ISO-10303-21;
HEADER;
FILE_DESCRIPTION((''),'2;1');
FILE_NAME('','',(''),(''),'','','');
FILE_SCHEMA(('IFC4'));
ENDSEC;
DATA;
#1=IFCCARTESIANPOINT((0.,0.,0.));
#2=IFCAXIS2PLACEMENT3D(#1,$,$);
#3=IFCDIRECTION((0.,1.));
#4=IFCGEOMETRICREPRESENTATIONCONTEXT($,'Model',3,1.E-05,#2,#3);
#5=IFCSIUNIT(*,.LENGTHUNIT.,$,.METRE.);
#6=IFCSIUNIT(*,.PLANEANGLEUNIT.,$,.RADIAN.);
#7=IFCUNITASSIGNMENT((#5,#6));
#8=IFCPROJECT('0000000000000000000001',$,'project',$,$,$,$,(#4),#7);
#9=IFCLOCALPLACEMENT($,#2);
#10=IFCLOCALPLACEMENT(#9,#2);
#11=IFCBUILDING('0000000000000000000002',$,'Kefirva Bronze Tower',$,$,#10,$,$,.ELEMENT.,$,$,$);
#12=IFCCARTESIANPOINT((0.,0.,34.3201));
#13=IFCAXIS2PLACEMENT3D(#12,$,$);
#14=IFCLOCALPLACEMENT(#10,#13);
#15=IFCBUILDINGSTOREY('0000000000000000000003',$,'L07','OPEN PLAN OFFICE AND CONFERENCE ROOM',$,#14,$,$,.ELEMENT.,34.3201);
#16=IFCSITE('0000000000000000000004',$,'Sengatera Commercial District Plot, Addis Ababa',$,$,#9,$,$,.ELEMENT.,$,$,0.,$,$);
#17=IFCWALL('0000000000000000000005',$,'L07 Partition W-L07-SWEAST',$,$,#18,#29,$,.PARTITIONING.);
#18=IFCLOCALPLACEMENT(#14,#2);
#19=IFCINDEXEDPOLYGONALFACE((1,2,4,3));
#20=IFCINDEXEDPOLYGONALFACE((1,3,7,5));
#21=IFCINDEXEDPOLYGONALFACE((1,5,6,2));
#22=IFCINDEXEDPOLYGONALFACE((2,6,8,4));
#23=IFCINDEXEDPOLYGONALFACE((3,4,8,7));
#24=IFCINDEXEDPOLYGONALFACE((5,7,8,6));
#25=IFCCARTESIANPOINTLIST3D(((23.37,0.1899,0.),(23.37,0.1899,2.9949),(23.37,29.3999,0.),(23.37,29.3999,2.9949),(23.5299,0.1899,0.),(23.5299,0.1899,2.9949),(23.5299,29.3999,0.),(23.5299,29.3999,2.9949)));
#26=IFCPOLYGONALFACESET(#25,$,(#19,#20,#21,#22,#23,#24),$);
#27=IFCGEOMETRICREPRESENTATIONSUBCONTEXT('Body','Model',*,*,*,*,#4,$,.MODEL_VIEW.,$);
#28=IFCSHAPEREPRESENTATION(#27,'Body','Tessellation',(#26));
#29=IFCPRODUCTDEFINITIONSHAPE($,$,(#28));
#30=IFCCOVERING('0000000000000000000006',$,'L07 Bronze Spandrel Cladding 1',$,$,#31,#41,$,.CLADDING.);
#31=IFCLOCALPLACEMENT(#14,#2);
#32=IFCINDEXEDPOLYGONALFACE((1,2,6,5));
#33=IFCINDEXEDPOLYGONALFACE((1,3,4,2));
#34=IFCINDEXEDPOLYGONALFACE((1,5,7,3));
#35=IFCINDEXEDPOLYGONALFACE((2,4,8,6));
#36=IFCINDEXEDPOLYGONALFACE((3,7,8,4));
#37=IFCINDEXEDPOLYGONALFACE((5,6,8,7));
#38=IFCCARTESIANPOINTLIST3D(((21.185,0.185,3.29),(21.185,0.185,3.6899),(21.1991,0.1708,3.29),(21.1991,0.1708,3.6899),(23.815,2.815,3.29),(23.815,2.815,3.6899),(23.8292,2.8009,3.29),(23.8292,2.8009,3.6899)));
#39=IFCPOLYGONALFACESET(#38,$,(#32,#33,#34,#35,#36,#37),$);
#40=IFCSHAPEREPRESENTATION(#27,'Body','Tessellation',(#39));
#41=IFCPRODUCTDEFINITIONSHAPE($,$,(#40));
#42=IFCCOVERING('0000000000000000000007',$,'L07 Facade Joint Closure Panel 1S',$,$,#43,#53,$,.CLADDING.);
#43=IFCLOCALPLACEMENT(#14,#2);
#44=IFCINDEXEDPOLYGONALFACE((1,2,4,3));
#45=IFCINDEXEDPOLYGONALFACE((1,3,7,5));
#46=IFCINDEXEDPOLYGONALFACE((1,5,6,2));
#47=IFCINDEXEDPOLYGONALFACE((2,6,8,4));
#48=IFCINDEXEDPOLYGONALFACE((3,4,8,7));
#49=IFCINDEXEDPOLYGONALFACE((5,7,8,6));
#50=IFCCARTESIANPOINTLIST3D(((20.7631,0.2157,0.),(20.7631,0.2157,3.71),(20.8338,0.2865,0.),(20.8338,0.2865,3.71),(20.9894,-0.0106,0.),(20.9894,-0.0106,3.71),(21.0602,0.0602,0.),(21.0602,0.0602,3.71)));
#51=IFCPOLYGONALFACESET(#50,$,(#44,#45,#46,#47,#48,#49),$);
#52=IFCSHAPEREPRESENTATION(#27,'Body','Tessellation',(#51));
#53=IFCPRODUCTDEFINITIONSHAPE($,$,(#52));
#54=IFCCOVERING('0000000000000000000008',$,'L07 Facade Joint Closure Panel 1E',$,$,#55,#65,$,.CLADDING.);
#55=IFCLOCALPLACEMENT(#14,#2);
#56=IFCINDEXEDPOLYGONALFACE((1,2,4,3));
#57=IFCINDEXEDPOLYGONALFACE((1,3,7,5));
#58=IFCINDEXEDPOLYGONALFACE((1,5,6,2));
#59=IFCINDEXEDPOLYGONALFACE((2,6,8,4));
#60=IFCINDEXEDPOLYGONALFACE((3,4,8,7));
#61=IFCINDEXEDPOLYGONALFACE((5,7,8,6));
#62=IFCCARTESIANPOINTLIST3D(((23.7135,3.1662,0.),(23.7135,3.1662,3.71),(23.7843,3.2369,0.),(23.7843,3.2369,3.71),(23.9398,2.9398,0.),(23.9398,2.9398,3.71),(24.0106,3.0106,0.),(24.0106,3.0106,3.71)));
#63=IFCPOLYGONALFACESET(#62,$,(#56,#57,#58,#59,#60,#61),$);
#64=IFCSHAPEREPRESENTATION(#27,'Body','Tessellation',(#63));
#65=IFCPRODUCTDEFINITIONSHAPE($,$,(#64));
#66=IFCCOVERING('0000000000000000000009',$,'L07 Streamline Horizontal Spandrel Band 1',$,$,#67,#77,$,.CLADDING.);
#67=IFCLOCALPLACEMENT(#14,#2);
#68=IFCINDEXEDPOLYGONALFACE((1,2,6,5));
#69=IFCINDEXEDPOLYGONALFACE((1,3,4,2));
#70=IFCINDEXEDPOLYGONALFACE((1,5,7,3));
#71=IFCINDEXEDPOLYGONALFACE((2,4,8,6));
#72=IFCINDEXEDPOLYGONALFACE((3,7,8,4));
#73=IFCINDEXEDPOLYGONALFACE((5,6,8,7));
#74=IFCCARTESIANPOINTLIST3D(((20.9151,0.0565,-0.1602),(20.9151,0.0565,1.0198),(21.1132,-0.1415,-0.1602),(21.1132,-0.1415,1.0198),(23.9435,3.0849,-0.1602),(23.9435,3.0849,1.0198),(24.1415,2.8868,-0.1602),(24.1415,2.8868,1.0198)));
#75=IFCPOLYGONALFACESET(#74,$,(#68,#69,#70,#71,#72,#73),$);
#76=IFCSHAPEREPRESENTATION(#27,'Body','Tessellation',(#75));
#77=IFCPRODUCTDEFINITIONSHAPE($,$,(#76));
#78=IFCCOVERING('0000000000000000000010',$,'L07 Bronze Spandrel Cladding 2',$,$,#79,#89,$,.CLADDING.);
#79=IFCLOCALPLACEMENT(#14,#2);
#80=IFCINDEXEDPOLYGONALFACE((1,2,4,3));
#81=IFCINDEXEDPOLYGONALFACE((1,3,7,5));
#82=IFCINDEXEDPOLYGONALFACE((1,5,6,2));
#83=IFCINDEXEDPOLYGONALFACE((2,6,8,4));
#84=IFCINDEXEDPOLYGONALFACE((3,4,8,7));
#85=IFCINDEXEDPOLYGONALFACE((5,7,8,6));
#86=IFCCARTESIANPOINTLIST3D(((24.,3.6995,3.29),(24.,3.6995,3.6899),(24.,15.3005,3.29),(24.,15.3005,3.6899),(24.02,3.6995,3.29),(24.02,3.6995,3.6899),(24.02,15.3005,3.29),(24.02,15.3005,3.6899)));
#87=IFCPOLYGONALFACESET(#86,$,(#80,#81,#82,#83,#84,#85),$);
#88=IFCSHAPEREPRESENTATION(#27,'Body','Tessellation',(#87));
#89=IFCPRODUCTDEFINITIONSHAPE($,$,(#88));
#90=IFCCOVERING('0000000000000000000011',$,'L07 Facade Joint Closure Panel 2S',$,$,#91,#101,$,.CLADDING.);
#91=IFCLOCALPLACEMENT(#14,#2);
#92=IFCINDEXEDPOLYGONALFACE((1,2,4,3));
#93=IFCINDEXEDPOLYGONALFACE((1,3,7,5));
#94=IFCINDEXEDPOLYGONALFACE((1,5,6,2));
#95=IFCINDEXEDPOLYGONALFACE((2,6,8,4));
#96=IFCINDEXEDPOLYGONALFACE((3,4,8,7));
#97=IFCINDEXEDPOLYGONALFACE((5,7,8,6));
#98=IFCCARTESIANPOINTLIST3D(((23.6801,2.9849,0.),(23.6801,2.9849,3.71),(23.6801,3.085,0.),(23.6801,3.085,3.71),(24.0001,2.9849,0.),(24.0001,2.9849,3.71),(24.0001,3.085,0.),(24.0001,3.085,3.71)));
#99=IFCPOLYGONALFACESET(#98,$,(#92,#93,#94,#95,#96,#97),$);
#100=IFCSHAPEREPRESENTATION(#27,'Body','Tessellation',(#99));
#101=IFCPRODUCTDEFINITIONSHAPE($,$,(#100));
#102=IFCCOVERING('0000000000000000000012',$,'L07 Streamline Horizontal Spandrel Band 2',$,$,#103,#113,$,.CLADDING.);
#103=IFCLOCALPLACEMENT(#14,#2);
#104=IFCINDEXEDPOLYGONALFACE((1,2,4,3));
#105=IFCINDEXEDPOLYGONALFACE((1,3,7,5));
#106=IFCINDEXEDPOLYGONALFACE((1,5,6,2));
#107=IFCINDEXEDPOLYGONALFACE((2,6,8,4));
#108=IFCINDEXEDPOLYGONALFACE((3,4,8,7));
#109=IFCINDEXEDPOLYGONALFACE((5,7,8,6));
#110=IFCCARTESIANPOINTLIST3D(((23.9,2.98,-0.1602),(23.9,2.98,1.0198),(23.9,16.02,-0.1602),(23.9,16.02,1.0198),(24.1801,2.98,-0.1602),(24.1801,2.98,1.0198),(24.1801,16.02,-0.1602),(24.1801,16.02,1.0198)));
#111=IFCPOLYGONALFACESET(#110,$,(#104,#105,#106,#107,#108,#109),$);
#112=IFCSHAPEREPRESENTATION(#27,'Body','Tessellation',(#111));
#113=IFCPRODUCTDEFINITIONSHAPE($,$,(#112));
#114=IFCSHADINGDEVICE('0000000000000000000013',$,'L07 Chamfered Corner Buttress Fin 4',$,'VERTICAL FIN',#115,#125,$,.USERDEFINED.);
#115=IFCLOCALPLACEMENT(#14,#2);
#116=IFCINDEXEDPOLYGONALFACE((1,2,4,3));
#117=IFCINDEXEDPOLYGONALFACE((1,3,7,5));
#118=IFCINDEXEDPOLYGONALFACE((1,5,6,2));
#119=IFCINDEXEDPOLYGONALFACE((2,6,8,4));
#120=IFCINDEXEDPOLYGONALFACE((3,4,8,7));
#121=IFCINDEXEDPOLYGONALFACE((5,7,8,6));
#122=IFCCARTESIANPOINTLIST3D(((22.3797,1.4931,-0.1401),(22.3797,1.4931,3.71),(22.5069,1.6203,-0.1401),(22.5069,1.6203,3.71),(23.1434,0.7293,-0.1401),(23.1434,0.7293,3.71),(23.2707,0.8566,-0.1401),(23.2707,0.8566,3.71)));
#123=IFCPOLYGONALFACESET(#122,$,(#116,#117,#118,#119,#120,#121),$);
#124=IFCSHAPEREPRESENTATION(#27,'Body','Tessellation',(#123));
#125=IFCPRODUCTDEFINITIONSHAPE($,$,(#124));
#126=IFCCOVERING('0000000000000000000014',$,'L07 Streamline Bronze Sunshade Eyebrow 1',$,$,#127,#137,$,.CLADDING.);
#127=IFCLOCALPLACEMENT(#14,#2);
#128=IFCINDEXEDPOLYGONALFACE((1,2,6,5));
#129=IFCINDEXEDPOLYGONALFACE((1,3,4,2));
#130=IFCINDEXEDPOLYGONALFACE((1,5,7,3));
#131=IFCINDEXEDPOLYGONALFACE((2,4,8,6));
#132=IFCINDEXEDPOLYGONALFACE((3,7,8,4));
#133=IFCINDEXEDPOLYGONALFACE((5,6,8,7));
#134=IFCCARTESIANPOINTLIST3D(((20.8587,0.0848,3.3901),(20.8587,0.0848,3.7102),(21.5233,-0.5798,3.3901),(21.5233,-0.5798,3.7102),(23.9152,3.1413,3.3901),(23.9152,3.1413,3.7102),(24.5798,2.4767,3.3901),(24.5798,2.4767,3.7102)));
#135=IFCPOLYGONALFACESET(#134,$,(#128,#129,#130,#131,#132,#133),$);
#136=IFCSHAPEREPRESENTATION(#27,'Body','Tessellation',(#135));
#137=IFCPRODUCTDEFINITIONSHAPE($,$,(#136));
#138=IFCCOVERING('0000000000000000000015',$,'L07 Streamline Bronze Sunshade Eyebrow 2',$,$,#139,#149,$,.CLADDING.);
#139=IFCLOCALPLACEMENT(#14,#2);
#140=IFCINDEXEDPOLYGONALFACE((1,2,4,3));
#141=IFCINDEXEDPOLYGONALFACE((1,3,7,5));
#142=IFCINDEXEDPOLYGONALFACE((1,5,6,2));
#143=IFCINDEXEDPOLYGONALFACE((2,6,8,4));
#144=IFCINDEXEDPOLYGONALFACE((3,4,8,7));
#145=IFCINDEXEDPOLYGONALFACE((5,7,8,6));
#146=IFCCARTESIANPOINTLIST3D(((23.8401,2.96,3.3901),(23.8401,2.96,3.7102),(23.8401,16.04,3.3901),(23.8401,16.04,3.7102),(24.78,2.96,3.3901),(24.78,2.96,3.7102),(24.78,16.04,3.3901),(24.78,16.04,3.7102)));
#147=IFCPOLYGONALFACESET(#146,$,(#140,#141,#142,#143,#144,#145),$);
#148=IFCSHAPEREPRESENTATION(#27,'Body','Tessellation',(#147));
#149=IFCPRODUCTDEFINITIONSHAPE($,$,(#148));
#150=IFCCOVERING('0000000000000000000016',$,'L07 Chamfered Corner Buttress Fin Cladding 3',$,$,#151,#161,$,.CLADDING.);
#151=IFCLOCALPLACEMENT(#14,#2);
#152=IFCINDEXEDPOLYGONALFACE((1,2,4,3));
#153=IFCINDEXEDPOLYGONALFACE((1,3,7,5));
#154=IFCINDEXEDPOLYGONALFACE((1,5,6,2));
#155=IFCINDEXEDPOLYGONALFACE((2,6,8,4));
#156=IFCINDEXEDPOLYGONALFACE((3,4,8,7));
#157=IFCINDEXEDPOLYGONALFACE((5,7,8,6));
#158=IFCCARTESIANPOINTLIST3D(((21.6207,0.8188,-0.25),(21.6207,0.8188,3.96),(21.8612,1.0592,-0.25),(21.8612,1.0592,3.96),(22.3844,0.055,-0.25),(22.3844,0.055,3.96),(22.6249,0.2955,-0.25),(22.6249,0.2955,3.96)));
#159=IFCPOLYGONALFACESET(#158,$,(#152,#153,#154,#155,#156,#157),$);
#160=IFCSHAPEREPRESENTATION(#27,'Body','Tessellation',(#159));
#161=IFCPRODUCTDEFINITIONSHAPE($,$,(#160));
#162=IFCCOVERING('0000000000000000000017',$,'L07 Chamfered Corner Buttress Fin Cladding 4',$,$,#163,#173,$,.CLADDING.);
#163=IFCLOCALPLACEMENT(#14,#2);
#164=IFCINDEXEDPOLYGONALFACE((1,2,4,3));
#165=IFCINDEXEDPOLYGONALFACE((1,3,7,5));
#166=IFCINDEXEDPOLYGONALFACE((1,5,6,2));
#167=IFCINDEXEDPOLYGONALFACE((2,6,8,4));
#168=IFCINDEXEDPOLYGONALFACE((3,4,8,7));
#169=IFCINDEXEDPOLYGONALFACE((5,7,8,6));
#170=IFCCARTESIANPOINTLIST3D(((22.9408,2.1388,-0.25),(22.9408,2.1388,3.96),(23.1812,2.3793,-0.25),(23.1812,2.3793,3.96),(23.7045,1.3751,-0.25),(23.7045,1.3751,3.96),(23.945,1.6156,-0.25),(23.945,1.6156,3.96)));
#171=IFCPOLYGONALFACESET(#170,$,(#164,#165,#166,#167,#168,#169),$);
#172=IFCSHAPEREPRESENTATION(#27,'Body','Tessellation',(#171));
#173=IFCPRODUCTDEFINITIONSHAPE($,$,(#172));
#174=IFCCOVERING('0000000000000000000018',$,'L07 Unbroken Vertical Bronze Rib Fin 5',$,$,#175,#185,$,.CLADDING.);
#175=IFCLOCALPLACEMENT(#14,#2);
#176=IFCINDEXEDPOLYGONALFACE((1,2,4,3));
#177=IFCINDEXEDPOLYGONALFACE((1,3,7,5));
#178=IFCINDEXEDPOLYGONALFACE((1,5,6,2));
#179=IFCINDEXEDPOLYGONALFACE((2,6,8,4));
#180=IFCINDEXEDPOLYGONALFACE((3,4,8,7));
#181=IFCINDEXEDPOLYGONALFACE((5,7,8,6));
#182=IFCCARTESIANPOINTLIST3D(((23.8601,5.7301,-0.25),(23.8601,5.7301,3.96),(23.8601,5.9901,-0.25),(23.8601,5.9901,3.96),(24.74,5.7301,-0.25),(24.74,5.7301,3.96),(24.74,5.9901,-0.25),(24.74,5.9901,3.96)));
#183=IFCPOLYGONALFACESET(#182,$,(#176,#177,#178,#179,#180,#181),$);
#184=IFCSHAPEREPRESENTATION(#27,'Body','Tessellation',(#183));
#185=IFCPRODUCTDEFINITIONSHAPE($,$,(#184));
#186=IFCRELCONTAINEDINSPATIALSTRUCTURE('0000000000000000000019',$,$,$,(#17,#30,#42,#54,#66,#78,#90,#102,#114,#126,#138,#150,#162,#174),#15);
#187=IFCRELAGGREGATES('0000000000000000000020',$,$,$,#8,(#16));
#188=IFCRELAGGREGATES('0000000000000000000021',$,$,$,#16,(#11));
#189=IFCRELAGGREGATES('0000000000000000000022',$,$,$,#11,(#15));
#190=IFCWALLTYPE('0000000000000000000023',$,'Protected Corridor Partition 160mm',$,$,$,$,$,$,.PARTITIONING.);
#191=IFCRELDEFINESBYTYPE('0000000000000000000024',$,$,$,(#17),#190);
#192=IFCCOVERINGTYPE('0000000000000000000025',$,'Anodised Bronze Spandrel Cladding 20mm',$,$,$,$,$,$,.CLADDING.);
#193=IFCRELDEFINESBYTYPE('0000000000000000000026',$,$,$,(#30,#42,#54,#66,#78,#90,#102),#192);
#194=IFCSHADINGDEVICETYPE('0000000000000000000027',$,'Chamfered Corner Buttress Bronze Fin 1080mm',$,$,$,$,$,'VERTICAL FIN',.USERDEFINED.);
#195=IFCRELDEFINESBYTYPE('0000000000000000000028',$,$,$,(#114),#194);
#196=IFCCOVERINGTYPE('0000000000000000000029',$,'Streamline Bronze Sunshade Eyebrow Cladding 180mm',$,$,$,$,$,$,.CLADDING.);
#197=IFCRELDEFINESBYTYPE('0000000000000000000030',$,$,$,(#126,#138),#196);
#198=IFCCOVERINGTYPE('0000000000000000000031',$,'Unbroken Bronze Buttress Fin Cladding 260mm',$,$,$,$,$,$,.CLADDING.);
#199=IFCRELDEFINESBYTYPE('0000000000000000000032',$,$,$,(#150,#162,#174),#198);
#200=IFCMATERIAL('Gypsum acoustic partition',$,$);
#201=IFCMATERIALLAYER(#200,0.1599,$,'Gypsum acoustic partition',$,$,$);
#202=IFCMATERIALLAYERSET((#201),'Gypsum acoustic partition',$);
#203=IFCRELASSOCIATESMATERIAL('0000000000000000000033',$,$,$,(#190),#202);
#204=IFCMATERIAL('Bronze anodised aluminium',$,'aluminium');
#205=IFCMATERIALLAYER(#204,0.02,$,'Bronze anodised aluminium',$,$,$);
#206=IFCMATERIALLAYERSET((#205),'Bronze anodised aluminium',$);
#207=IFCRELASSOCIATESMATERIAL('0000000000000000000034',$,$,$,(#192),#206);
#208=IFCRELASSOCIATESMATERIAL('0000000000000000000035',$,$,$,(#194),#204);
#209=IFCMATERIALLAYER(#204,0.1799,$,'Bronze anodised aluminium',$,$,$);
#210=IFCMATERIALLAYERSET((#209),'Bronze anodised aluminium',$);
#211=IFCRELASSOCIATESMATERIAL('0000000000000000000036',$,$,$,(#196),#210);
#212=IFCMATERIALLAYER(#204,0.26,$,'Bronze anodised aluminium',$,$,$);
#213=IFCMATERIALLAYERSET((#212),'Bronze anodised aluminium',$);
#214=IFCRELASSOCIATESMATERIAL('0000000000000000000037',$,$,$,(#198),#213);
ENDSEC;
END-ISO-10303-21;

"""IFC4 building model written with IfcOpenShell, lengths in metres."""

from ifc_helpers import new_model, si_unit, direction, frame, frame_2d, origin, origin_2d, place, context, subcontext, project, spatial, rectangle, extrude, material, layer, layer_set, material_profile, profile_set, type_object, element, save


model = new_model("IFC4")

# Units and contexts
model_context = context("Model", 3, precision=1e-05, world=origin(), true_north=direction((0.0, 1.0)))
body_context = subcontext(model_context, "Body", "Model", "MODEL_VIEW")
ifc_project = project(units=[si_unit("LENGTHUNIT", "METRE"), si_unit("PLANEANGLEUNIT", "RADIAN")], contexts=[model_context])

# Site, building, storey
site_placement = place(None, origin())
site = spatial("IfcSite", under=ifc_project, at=site_placement, Name="Sengatera Commercial District Plot, Addis Ababa", CompositionType="ELEMENT", RefElevation=0.0)
building_placement = place(site_placement, origin())
building = spatial("IfcBuilding", under=site, at=building_placement, Name="Kefirva Bronze Tower", CompositionType="ELEMENT")
storey_placement = place(building_placement, frame((0.0, 0.0, 34.3201)))
storey = spatial("IfcBuildingStorey", under=building, at=storey_placement, Name="L07", Description="OPEN PLAN OFFICE AND CONFERENCE ROOM", CompositionType="ELEMENT", Elevation=34.3201)

# Shared definitions
ifc_material_1 = material(Name="Bronze anodised aluminium", Category="aluminium")

# Wall
ifc_material_2 = material(Name="Gypsum acoustic partition")
ifc_layer_1 = layer(ifc_material_2, 0.1599, Name="Gypsum acoustic partition")
ifc_layer_set_1 = layer_set([ifc_layer_1], Name="Gypsum acoustic partition")
wall_type_1 = type_object("IfcWallType", Name="Protected Corridor Partition 160mm", PredefinedType="PARTITIONING", material=ifc_layer_set_1)
wall_1_placement = place(storey_placement, frame((23.45, 0.1899, 0.0), z_axis=(0.0, 0.0, 1.0), x_axis=(0.0, 1.0, 0.0)))
element("IfcWall", 1, at=wall_1_placement, inside=storey, type_object=wall_type_1, Name="L07 Partition W-L07-SWEAST", PredefinedType="PARTITIONING", context=body_context, shape_type="SweptSolid", body=[
    extrude(rectangle(XDim=29.21, YDim=0.1599, at=frame_2d((14.605, 0.0))), origin(), (0.0, 0.0, 1.0), 2.9949),
])

# Coverings
ifc_layer_2 = layer(ifc_material_1, 0.02, Name="Bronze anodised aluminium")
ifc_layer_set_2 = layer_set([ifc_layer_2], Name="Bronze anodised aluminium")
covering_type_1 = type_object("IfcCoveringType", Name="Anodised Bronze Spandrel Cladding 20mm", PredefinedType="CLADDING", material=ifc_layer_set_2)
covering_1_placement = place(storey_placement, frame((22.5071, 1.4929, 3.29), z_axis=(0.0, 0.0, 1.0), x_axis=(0.707107, 0.707107, 0.0)))
element("IfcCovering", 2, at=covering_1_placement, inside=storey, type_object=covering_type_1, Name="L07 Bronze Spandrel Cladding 1", PredefinedType="CLADDING", context=body_context, shape_type="SweptSolid", body=[
    extrude(rectangle(XDim=3.7195, YDim=0.02, at=origin_2d()), origin(), (0.0, 0.0, 1.0), 0.3999),
])
for number, where, z_axis, x_axis, name in (
    (3, (20.9116, 0.1379, 0.0), (0.0, 0.0, 1.0), (0.707107, 0.707107, 0.0), "L07 Facade Joint Closure Panel 1S"),
    (4, (23.8621, 3.0884, 0.0), (0.0, 0.0, 1.0), (0.707107, 0.707107, 0.0), "L07 Facade Joint Closure Panel 1E"),
):
    element("IfcCovering", number, at=place(storey_placement, frame(where, z_axis=z_axis, x_axis=x_axis)), inside=storey, type_object=covering_type_1, Name=name, PredefinedType="CLADDING", context=body_context, shape_type="SweptSolid", body=[
        extrude(rectangle(XDim=0.1001, YDim=0.3201, at=origin_2d()), origin(), (0.0, 0.0, 1.0), 3.71),
    ])
covering_2_placement = place(storey_placement, frame((22.5283, 1.4717, -0.1602), z_axis=(0.0, 0.0, 1.0), x_axis=(0.707107, 0.707107, 0.0)))
element("IfcCovering", 5, at=covering_2_placement, inside=storey, type_object=covering_type_1, Name="L07 Streamline Horizontal Spandrel Band 1", PredefinedType="CLADDING", context=body_context, shape_type="SweptSolid", body=[
    extrude(rectangle(XDim=4.2827, YDim=0.28, at=origin_2d()), origin(), (0.0, 0.0, 1.0), 1.1799),
])
covering_3_placement = place(storey_placement, frame((24.01, 9.5, 3.29), z_axis=(0.0, 0.0, 1.0), x_axis=(0.0, 1.0, 0.0)))
element("IfcCovering", 6, at=covering_3_placement, inside=storey, type_object=covering_type_1, Name="L07 Bronze Spandrel Cladding 2", PredefinedType="CLADDING", context=body_context, shape_type="SweptSolid", body=[
    extrude(rectangle(XDim=11.6011, YDim=0.02, at=origin_2d()), origin(), (0.0, 0.0, 1.0), 0.3999),
])
covering_4_placement = place(storey_placement, frame((23.8401, 3.0349, 0.0), z_axis=(0.0, 0.0, 1.0), x_axis=(0.0, 1.0, 0.0)))
element("IfcCovering", 7, at=covering_4_placement, inside=storey, type_object=covering_type_1, Name="L07 Facade Joint Closure Panel 2S", PredefinedType="CLADDING", context=body_context, shape_type="SweptSolid", body=[
    extrude(rectangle(XDim=0.1001, YDim=0.3201, at=origin_2d()), origin(), (0.0, 0.0, 1.0), 3.71),
])
covering_5_placement = place(storey_placement, frame((24.04, 9.5, -0.1602), z_axis=(0.0, 0.0, 1.0), x_axis=(0.0, 1.0, 0.0)))
element("IfcCovering", 8, at=covering_5_placement, inside=storey, type_object=covering_type_1, Name="L07 Streamline Horizontal Spandrel Band 2", PredefinedType="CLADDING", context=body_context, shape_type="SweptSolid", body=[
    extrude(rectangle(XDim=13.04, YDim=0.28, at=origin_2d()), origin(), (0.0, 0.0, 1.0), 1.1799),
])

# Shading device
ifc_material_profile_1 = material_profile(ifc_material_1, rectangle(XDim=0.1799, YDim=1.0801, at=origin_2d()), Name="BRONZE BUTTRESS FIN 180x1080")
ifc_profile_set_1 = profile_set([ifc_material_profile_1], Name="Bronze anodised aluminium")
shading_device_type_1 = type_object("IfcShadingDeviceType", Name="Chamfered Corner Buttress Bronze Fin 1080mm", ElementType="VERTICAL FIN", PredefinedType="USERDEFINED", material=ifc_profile_set_1)
shading_device_1_placement = place(storey_placement, frame((22.8252, 1.1748, -0.1401), z_axis=(0.0, 0.0, 1.0), x_axis=(0.707107, 0.707107, 0.0)))
element("IfcShadingDevice", 9, at=shading_device_1_placement, inside=storey, type_object=shading_device_type_1, Name="L07 Chamfered Corner Buttress Fin 4", ObjectType="VERTICAL FIN", PredefinedType="USERDEFINED", context=body_context, shape_type="SweptSolid", body=[
    extrude(rectangle(XDim=0.1799, YDim=1.0801, at=origin_2d()), origin(), (0.0, 0.0, 1.0), 3.8501),
])

# Coverings
ifc_layer_3 = layer(ifc_material_1, 0.1799, Name="Bronze anodised aluminium")
ifc_layer_set_3 = layer_set([ifc_layer_3], Name="Bronze anodised aluminium")
covering_type_2 = type_object("IfcCoveringType", Name="Streamline Bronze Sunshade Eyebrow Cladding 180mm", PredefinedType="CLADDING", material=ifc_layer_set_3)
covering_6_placement = place(storey_placement, frame((22.7192, 1.2808, 3.3901), z_axis=(0.0, 0.0, 1.0), x_axis=(0.707107, 0.707107, 0.0)))
element("IfcCovering", 10, at=covering_6_placement, inside=storey, type_object=covering_type_2, Name="L07 Streamline Bronze Sunshade Eyebrow 1", PredefinedType="CLADDING", context=body_context, shape_type="SweptSolid", body=[
    extrude(rectangle(XDim=4.3225, YDim=0.9399, at=origin_2d()), origin(), (0.0, 0.0, 1.0), 0.3201),
])
covering_7_placement = place(storey_placement, frame((24.3101, 9.5, 3.3901), z_axis=(0.0, 0.0, 1.0), x_axis=(0.0, 1.0, 0.0)))
element("IfcCovering", 11, at=covering_7_placement, inside=storey, type_object=covering_type_2, Name="L07 Streamline Bronze Sunshade Eyebrow 2", PredefinedType="CLADDING", context=body_context, shape_type="SweptSolid", body=[
    extrude(rectangle(XDim=13.0801, YDim=0.9399, at=origin_2d()), origin(), (0.0, 0.0, 1.0), 0.3201),
])
ifc_layer_4 = layer(ifc_material_1, 0.26, Name="Bronze anodised aluminium")
ifc_layer_set_4 = layer_set([ifc_layer_4], Name="Bronze anodised aluminium")
covering_type_3 = type_object("IfcCoveringType", Name="Unbroken Bronze Buttress Fin Cladding 260mm", PredefinedType="CLADDING", material=ifc_layer_set_4)
for number, where, z_axis, x_axis, name in (
    (12, (22.1228, 0.5571, -0.25), (0.0, 0.0, 1.0), (0.707107, 0.707107, 0.0), "L07 Chamfered Corner Buttress Fin Cladding 3"),
    (13, (23.4429, 1.8772, -0.25), (0.0, 0.0, 1.0), (0.707107, 0.707107, 0.0), "L07 Chamfered Corner Buttress Fin Cladding 4"),
):
    element("IfcCovering", number, at=place(storey_placement, frame(where, z_axis=z_axis, x_axis=x_axis)), inside=storey, type_object=covering_type_3, Name=name, PredefinedType="CLADDING", context=body_context, shape_type="SweptSolid", body=[
        extrude(rectangle(XDim=0.3401, YDim=1.0801, at=origin_2d()), origin(), (0.0, 0.0, 1.0), 4.21),
    ])
covering_8_placement = place(storey_placement, frame((24.3, 5.8601, -0.25), z_axis=(0.0, 0.0, 1.0), x_axis=(0.0, 1.0, 0.0)))
element("IfcCovering", 14, at=covering_8_placement, inside=storey, type_object=covering_type_3, Name="L07 Unbroken Vertical Bronze Rib Fin 5", PredefinedType="CLADDING", context=body_context, shape_type="SweptSolid", body=[
    extrude(rectangle(XDim=0.26, YDim=0.8799, at=origin_2d()), origin(), (0.0, 0.0, 1.0), 4.21),
])

save(model, "model.ifc")
